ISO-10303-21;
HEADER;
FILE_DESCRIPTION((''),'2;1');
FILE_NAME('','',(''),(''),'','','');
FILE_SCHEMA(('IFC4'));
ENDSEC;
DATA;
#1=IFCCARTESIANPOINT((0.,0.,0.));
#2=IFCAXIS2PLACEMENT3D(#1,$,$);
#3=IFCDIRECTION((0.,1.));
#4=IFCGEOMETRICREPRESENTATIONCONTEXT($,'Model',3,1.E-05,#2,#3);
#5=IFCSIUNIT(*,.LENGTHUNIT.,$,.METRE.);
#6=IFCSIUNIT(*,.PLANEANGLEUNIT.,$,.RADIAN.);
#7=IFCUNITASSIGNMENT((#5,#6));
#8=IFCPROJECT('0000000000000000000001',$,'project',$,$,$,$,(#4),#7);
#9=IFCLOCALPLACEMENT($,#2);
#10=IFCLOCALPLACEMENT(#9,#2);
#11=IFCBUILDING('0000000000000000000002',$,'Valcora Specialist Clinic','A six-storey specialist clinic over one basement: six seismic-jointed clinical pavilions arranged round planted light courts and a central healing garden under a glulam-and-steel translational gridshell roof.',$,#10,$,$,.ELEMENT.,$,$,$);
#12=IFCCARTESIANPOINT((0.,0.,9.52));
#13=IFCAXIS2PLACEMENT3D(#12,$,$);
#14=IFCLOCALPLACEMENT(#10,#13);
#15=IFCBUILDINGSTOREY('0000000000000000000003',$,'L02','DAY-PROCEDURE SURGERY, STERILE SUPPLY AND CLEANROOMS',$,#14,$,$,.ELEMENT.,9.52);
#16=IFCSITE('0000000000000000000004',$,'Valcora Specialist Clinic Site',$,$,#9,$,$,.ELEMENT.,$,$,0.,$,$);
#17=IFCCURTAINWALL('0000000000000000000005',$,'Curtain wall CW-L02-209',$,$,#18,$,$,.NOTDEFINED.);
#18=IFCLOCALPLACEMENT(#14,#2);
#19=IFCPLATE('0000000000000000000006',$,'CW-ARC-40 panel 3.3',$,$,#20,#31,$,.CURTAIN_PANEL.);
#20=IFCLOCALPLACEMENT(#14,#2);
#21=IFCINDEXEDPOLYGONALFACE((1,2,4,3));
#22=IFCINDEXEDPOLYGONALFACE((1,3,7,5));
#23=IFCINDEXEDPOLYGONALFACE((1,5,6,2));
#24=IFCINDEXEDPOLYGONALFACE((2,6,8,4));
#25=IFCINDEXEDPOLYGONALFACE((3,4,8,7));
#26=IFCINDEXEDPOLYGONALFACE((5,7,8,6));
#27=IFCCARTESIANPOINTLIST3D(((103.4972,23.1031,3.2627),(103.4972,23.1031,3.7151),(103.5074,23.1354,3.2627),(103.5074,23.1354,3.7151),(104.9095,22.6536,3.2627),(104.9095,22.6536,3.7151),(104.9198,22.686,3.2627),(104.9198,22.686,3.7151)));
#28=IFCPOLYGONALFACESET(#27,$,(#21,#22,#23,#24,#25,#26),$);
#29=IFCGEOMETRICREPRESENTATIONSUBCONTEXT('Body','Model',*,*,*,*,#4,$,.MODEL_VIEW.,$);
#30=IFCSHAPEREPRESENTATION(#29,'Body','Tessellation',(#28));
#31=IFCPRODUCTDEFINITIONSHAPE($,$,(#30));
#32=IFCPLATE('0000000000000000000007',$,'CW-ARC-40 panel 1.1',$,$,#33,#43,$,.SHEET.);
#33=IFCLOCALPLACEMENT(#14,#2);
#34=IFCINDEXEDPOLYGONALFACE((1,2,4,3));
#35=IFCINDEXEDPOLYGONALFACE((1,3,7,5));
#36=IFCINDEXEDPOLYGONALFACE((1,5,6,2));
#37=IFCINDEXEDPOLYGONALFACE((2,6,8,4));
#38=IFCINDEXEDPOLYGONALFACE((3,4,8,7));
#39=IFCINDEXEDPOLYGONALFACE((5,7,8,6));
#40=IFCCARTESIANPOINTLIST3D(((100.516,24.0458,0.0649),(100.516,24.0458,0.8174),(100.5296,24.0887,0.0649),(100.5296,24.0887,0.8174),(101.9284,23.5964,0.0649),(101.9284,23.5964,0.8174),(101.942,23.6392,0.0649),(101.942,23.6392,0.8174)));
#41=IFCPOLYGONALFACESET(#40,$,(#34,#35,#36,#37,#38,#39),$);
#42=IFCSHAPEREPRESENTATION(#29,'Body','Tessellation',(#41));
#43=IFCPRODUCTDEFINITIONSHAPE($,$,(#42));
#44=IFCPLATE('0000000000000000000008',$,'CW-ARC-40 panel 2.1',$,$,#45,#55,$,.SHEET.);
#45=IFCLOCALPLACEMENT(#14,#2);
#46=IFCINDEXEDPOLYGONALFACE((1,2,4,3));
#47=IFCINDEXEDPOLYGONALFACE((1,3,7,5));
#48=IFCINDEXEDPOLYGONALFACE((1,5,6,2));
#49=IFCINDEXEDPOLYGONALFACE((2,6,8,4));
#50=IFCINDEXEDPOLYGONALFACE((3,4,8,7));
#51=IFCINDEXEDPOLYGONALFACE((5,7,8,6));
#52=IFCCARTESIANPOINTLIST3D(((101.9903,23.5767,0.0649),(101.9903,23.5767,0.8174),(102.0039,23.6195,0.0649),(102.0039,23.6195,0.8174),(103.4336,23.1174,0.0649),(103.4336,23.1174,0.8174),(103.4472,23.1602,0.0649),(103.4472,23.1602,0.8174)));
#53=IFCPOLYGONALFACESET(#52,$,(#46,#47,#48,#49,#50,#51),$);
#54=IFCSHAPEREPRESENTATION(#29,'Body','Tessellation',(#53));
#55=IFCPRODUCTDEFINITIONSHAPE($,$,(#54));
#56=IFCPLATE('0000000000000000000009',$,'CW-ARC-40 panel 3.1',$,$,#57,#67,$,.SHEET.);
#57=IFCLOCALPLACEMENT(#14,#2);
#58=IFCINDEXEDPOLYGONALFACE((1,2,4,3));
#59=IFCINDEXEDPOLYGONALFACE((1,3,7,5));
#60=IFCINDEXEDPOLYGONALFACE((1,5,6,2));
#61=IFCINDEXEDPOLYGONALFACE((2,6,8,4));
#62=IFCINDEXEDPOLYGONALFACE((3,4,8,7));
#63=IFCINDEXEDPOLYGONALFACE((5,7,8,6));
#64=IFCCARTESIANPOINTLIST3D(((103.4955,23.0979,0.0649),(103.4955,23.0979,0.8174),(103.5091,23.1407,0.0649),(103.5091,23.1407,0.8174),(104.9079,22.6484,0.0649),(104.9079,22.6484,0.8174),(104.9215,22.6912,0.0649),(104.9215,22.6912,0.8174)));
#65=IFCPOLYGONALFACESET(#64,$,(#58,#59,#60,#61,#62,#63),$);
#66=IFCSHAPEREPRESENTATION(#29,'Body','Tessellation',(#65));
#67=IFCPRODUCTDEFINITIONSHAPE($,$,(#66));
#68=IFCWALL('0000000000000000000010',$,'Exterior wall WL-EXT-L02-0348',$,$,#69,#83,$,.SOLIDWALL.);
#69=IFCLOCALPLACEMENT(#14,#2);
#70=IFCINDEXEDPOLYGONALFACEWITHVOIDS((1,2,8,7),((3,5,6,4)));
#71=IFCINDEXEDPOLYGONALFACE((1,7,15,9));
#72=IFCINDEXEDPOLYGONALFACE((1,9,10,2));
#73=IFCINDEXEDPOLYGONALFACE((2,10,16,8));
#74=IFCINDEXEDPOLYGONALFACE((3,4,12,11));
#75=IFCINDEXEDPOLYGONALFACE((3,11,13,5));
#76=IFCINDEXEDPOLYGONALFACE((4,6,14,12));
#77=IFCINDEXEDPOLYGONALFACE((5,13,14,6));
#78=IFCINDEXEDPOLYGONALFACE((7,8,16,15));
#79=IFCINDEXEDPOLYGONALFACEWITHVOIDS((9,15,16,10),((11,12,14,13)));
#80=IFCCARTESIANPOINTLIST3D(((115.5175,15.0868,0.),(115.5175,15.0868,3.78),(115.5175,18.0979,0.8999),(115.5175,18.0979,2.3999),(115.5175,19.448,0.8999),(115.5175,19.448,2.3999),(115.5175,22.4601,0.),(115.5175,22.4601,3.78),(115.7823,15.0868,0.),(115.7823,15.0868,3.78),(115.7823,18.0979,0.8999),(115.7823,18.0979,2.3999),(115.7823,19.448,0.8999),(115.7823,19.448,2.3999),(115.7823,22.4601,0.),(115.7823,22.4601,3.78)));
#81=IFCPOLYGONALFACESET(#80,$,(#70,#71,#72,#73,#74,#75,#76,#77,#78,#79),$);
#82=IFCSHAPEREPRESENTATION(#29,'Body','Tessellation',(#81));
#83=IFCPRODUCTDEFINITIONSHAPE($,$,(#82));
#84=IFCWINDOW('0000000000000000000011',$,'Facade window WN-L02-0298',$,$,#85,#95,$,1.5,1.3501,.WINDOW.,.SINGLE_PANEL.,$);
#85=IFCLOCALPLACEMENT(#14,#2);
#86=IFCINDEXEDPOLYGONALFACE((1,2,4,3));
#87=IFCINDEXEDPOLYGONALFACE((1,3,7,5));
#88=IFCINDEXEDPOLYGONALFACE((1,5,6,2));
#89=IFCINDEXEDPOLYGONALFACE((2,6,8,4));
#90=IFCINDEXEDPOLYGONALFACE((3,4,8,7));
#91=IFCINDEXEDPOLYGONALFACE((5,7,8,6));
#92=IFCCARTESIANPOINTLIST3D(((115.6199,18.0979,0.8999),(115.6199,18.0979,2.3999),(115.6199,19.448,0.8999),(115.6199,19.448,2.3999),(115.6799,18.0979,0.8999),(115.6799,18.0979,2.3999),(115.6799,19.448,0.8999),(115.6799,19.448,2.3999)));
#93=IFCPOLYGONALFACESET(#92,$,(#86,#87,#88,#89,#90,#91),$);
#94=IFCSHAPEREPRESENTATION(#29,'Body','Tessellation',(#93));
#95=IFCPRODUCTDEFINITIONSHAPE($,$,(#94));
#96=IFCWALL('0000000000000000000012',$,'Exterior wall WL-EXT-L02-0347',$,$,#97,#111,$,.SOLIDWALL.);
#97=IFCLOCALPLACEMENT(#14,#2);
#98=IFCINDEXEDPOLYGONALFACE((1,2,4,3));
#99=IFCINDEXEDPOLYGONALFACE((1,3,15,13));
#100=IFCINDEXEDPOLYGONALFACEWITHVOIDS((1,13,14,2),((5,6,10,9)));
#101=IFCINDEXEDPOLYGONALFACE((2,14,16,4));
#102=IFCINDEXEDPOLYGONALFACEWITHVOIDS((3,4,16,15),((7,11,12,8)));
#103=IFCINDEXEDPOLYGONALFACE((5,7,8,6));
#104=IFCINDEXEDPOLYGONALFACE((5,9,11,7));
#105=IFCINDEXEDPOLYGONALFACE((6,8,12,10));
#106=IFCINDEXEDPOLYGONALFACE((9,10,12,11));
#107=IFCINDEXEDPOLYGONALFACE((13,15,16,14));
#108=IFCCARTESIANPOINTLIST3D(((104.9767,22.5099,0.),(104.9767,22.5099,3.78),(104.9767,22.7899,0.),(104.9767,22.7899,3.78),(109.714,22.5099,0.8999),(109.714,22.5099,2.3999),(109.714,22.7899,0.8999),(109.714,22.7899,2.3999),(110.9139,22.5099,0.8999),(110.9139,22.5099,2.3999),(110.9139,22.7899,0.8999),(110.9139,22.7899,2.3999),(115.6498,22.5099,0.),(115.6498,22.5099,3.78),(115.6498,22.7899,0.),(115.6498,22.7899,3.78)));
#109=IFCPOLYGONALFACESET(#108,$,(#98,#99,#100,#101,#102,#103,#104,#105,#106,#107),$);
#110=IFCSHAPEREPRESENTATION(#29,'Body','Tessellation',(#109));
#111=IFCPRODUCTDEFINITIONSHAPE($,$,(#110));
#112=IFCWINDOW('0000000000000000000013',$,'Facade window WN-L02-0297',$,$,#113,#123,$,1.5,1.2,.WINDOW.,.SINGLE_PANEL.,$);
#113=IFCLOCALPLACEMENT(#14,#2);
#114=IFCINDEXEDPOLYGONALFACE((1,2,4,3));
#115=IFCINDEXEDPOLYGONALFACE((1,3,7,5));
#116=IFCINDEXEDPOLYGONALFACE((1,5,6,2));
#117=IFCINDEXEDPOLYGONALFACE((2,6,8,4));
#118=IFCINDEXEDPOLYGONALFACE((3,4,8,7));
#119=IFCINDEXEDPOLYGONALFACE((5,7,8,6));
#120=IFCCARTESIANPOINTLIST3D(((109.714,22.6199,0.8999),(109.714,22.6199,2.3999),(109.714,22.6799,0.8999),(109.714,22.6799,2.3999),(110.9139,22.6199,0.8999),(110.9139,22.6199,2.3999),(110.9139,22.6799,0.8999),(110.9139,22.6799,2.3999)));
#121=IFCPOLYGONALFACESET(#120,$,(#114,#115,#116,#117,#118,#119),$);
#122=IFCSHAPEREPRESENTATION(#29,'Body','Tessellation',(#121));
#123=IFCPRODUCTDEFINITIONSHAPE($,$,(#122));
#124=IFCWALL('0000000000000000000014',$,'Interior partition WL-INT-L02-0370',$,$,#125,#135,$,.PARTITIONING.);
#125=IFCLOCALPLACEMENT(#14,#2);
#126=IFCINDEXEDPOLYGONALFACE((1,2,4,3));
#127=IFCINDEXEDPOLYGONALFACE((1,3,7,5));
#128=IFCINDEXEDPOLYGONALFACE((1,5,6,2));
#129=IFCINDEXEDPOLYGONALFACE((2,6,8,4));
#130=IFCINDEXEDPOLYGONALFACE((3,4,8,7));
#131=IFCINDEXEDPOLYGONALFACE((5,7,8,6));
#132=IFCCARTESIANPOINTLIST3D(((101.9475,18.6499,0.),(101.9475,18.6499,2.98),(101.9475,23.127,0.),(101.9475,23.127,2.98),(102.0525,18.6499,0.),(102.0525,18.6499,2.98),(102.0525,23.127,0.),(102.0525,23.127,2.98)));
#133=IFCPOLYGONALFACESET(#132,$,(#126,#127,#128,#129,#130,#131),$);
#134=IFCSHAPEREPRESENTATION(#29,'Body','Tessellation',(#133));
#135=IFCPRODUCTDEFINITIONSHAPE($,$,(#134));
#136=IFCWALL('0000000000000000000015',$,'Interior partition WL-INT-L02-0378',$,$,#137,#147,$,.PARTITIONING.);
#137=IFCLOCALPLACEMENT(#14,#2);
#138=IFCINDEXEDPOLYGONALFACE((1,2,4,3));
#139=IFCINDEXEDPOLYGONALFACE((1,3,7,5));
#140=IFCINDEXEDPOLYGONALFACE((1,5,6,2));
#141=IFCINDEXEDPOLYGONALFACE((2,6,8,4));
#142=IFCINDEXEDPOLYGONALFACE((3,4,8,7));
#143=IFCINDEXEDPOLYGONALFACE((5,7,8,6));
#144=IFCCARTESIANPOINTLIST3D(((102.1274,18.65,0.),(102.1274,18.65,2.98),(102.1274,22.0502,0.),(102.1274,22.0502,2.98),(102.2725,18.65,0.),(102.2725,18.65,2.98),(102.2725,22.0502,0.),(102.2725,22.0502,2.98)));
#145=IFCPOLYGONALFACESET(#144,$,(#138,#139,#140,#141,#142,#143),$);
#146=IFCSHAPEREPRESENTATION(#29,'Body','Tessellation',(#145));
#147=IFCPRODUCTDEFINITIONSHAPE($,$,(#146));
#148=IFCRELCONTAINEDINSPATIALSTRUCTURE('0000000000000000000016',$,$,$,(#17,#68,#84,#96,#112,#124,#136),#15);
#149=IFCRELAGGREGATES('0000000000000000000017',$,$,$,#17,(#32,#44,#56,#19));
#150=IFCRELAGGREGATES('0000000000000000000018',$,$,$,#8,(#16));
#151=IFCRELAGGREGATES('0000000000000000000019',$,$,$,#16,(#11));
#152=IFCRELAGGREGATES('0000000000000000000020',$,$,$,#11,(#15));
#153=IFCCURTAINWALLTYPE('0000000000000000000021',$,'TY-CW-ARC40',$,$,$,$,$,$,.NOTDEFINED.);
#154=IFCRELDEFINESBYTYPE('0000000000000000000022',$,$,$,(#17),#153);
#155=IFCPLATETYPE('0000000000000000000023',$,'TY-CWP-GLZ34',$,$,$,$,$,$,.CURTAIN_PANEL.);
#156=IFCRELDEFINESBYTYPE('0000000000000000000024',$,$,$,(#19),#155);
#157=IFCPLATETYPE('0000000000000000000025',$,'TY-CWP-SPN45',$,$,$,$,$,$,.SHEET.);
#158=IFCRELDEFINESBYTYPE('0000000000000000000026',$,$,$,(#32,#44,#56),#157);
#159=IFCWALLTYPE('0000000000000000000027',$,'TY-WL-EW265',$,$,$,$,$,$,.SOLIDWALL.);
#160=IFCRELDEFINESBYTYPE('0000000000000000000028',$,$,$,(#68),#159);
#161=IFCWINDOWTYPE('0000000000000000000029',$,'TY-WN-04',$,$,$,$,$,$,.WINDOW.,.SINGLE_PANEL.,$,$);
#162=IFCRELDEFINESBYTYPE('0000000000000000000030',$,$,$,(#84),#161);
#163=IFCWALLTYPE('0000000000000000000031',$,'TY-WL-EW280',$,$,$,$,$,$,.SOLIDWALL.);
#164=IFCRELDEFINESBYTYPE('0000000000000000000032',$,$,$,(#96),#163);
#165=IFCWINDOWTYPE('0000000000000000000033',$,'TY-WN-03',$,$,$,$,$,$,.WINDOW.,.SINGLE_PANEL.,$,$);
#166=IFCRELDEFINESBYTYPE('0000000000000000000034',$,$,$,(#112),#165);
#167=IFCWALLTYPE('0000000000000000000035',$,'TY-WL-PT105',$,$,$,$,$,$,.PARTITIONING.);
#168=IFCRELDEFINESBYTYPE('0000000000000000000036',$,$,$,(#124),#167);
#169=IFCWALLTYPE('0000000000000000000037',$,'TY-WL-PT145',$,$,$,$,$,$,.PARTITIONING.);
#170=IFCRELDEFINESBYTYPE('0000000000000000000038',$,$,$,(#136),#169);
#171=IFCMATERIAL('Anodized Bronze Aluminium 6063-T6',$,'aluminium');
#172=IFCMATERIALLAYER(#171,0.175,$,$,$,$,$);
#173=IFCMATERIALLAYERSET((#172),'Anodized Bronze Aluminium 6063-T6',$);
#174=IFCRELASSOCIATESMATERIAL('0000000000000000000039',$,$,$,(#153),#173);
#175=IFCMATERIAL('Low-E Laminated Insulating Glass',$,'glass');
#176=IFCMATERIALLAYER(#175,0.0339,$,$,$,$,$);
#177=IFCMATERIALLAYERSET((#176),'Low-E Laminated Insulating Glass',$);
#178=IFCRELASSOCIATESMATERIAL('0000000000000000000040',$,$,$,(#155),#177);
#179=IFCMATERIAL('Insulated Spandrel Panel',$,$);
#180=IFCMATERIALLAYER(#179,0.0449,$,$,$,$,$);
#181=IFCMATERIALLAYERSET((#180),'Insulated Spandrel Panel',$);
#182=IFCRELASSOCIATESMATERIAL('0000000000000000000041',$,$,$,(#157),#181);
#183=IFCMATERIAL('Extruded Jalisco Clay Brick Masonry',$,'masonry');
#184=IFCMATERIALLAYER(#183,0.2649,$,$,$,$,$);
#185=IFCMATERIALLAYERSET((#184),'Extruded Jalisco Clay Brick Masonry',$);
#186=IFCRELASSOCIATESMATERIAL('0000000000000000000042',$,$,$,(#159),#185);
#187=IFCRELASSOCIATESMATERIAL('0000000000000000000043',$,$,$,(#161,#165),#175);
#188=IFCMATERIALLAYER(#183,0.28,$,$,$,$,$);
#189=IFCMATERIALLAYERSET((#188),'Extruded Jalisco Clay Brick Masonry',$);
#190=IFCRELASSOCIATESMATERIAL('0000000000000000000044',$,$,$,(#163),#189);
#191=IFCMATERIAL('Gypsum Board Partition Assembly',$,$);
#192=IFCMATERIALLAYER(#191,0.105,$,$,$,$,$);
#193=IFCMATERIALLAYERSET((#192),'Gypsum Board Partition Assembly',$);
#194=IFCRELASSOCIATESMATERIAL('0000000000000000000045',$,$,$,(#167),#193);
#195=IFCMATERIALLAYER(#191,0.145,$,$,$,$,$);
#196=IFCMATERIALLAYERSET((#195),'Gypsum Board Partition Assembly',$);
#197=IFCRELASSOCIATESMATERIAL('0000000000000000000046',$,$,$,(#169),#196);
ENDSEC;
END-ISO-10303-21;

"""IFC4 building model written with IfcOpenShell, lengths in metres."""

from ifc_helpers import new_model, si_unit, direction, frame, frame_2d, origin, origin_2d, place, context, subcontext, project, spatial, rectangle, extrude, material, layer, layer_set, type_object, element, fill, aggregate, save


model = new_model("IFC4")

# Units and contexts
model_context = context("Model", 3, precision=1e-05, world=origin(), true_north=direction((0.0, 1.0)))
body_context = subcontext(model_context, "Body", "Model", "MODEL_VIEW")
ifc_project = project(units=[si_unit("LENGTHUNIT", "METRE"), si_unit("PLANEANGLEUNIT", "RADIAN")], contexts=[model_context])

# Site, building, storey
site_placement = place(None, origin())
site = spatial("IfcSite", under=ifc_project, at=site_placement, Name="Valcora Specialist Clinic Site", CompositionType="ELEMENT", RefElevation=0.0)
building_placement = place(site_placement, origin())
building = spatial("IfcBuilding", under=site, at=building_placement, Name="Valcora Specialist Clinic", Description="A six-storey specialist clinic over one basement: six seismic-jointed clinical pavilions arranged round planted light courts and a central healing garden under a glulam-and-steel translational gridshell roof.", CompositionType="ELEMENT")
storey_placement = place(building_placement, frame((0.0, 0.0, 9.52)))
storey = spatial("IfcBuildingStorey", under=building, at=storey_placement, Name="L02", Description="DAY-PROCEDURE SURGERY, STERILE SUPPLY AND CLEANROOMS", CompositionType="ELEMENT", Elevation=9.52)

# Curtain wall, plates
ifc_material_1 = material(Name="Anodized Bronze Aluminium 6063-T6", Category="aluminium")
ifc_layer_1 = layer(ifc_material_1, 0.175)
ifc_layer_set_1 = layer_set([ifc_layer_1], Name="Anodized Bronze Aluminium 6063-T6")
curtain_wall_type = type_object("IfcCurtainWallType", Name="TY-CW-ARC40", PredefinedType="NOTDEFINED", material=ifc_layer_set_1)
curtain_wall_placement = place(storey_placement, origin())
curtain_wall = element("IfcCurtainWall", 1, at=curtain_wall_placement, inside=storey, type_object=curtain_wall_type, Name="Curtain wall CW-L02-209", PredefinedType="NOTDEFINED")
ifc_material_2 = material(Name="Low-E Laminated Insulating Glass", Category="glass")
ifc_layer_2 = layer(ifc_material_2, 0.0339)
ifc_layer_set_2 = layer_set([ifc_layer_2], Name="Low-E Laminated Insulating Glass")
plate_type_1 = type_object("IfcPlateType", Name="TY-CWP-GLZ34", PredefinedType="CURTAIN_PANEL", material=ifc_layer_set_2)
plate_1_placement = place(storey_placement, frame((104.2085, 22.8945, 3.2627), z_axis=(0.0, 0.0, 1.0), x_axis=(0.952916, -0.303233, 0.0)))
plate_1 = element("IfcPlate", 2, at=plate_1_placement, type_object=plate_type_1, Name="CW-ARC-40 panel 3.3", PredefinedType="CURTAIN_PANEL", context=body_context, shape_type="SweptSolid", body=[
    extrude(rectangle(XDim=1.4822, YDim=0.0339, at=origin_2d()), origin(), (0.0, 0.0, 1.0), 0.4524),
])
ifc_material_3 = material(Name="Insulated Spandrel Panel")
ifc_layer_3 = layer(ifc_material_3, 0.0449)
ifc_layer_set_3 = layer_set([ifc_layer_3], Name="Insulated Spandrel Panel")
plate_type_2 = type_object("IfcPlateType", Name="TY-CWP-SPN45", PredefinedType="SHEET", material=ifc_layer_set_3)
plate_2_placement = place(storey_placement, frame((101.229, 23.8425, 0.0649), z_axis=(0.0, 0.0, 1.0), x_axis=(0.952916, -0.303233, 0.0)))
plate_2 = element("IfcPlate", 3, at=plate_2_placement, type_object=plate_type_2, Name="CW-ARC-40 panel 1.1", PredefinedType="SHEET", context=body_context, shape_type="SweptSolid", body=[
    extrude(rectangle(XDim=1.4822, YDim=0.0449, at=origin_2d()), origin(), (0.0, 0.0, 1.0), 0.7524),
])
plate_3_placement = place(storey_placement, frame((102.7188, 23.3684, 0.0649), z_axis=(0.0, 0.0, 1.0), x_axis=(0.952916, -0.303233, 0.0)))
plate_3 = element("IfcPlate", 4, at=plate_3_placement, type_object=plate_type_2, Name="CW-ARC-40 panel 2.1", PredefinedType="SHEET", context=body_context, shape_type="SweptSolid", body=[
    extrude(rectangle(XDim=1.5146, YDim=0.0449, at=origin_2d()), origin(), (0.0, 0.0, 1.0), 0.7524),
])
plate_4_placement = place(storey_placement, frame((104.2085, 22.8945, 0.0649), z_axis=(0.0, 0.0, 1.0), x_axis=(0.952916, -0.303233, 0.0)))
plate_4 = element("IfcPlate", 5, at=plate_4_placement, type_object=plate_type_2, Name="CW-ARC-40 panel 3.1", PredefinedType="SHEET", context=body_context, shape_type="SweptSolid", body=[
    extrude(rectangle(XDim=1.4822, YDim=0.0449, at=origin_2d()), origin(), (0.0, 0.0, 1.0), 0.7524),
])
aggregate(curtain_wall, [plate_2, plate_3, plate_4, plate_1])

# Walls, openings, windows
ifc_material_4 = material(Name="Extruded Jalisco Clay Brick Masonry", Category="masonry")
ifc_layer_4 = layer(ifc_material_4, 0.2649)
ifc_layer_set_4 = layer_set([ifc_layer_4], Name="Extruded Jalisco Clay Brick Masonry")
wall_type_1 = type_object("IfcWallType", Name="TY-WL-EW265", PredefinedType="SOLIDWALL", material=ifc_layer_set_4)
wall_1_placement = place(storey_placement, frame((115.6499, 22.46, 0.0), z_axis=(0.0, 0.0, 1.0), x_axis=(0.0, -1.0, 0.0)))
wall_1 = element("IfcWall", 6, at=wall_1_placement, inside=storey, type_object=wall_type_1, Name="Exterior wall WL-EXT-L02-0348", PredefinedType="SOLIDWALL", context=body_context, shape_type="SweptSolid", body=[
    extrude(rectangle(XDim=7.3733, YDim=0.2649, at=frame_2d((3.6865, 0.0))), origin(), (0.0, 0.0, 1.0), 3.78),
])
opening_1_placement = place(wall_1_placement, frame((3.012, 0.0, 0.8999)))
opening_1 = element("IfcOpeningElement", 7, at=opening_1_placement, cuts=wall_1, PredefinedType="OPENING", context=body_context, shape_type="SweptSolid", body=[
    extrude(rectangle(XDim=1.3501, YDim=1.5, at=frame_2d((0.675, 0.75))), frame((0.0, 0.1423, 0.0), z_axis=(0.0, -1.0, 0.0), x_axis=(1.0, 0.0, 0.0)), (0.0, 0.0, 1.0), 0.2849),
])
window_type_1 = type_object("IfcWindowType", Name="TY-WN-04", PartitioningType="SINGLE_PANEL", PredefinedType="WINDOW", material=ifc_material_2)
window_1_placement = place(opening_1_placement, origin())
window_1 = element("IfcWindow", 8, at=window_1_placement, inside=storey, type_object=window_type_1, Name="Facade window WN-L02-0298", OverallHeight=1.5, OverallWidth=1.3501, PartitioningType="SINGLE_PANEL", PredefinedType="WINDOW", context=body_context, shape_type="SweptSolid", body=[
    extrude(rectangle(XDim=1.3501, YDim=1.5, at=frame_2d((0.675, 0.75))), frame((0.0, 0.03, 0.0), z_axis=(0.0, -1.0, 0.0), x_axis=(1.0, 0.0, 0.0)), (0.0, 0.0, 1.0), 0.0601),
])
fill(opening_1, window_1)
ifc_layer_5 = layer(ifc_material_4, 0.28)
ifc_layer_set_5 = layer_set([ifc_layer_5], Name="Extruded Jalisco Clay Brick Masonry")
wall_type_2 = type_object("IfcWallType", Name="TY-WL-EW280", PredefinedType="SOLIDWALL", material=ifc_layer_set_5)
wall_2_placement = place(storey_placement, frame((104.9768, 22.6499, 0.0), z_axis=(0.0, 0.0, 1.0), x_axis=(1.0, 0.0, 0.0)))
wall_2 = element("IfcWall", 9, at=wall_2_placement, inside=storey, type_object=wall_type_2, Name="Exterior wall WL-EXT-L02-0347", PredefinedType="SOLIDWALL", context=body_context, shape_type="SweptSolid", body=[
    extrude(rectangle(XDim=10.6731, YDim=0.28, at=frame_2d((5.3364, 0.0))), origin(), (0.0, 0.0, 1.0), 3.78),
])
opening_2_placement = place(wall_2_placement, frame((4.7371, 0.0, 0.8999)))
opening_2 = element("IfcOpeningElement", 10, at=opening_2_placement, cuts=wall_2, PredefinedType="OPENING", context=body_context, shape_type="SweptSolid", body=[
    extrude(rectangle(XDim=1.2, YDim=1.5, at=frame_2d((0.6001, 0.75))), frame((0.0, 0.1499, 0.0), z_axis=(0.0, -1.0, 0.0), x_axis=(1.0, 0.0, 0.0)), (0.0, 0.0, 1.0), 0.3),
])
window_type_2 = type_object("IfcWindowType", Name="TY-WN-03", PartitioningType="SINGLE_PANEL", PredefinedType="WINDOW", material=ifc_material_2)
window_2_placement = place(opening_2_placement, origin())
window_2 = element("IfcWindow", 11, at=window_2_placement, inside=storey, type_object=window_type_2, Name="Facade window WN-L02-0297", OverallHeight=1.5, OverallWidth=1.2, PartitioningType="SINGLE_PANEL", PredefinedType="WINDOW", context=body_context, shape_type="SweptSolid", body=[
    extrude(rectangle(XDim=1.2, YDim=1.5, at=frame_2d((0.6001, 0.75))), frame((0.0, 0.03, 0.0), z_axis=(0.0, -1.0, 0.0), x_axis=(1.0, 0.0, 0.0)), (0.0, 0.0, 1.0), 0.0601),
])
fill(opening_2, window_2)

# Walls
ifc_material_5 = material(Name="Gypsum Board Partition Assembly")
ifc_layer_6 = layer(ifc_material_5, 0.105)
ifc_layer_set_6 = layer_set([ifc_layer_6], Name="Gypsum Board Partition Assembly")
wall_type_3 = type_object("IfcWallType", Name="TY-WL-PT105", PredefinedType="PARTITIONING", material=ifc_layer_set_6)
wall_3_placement = place(storey_placement, frame((102.0, 23.127, 0.0), z_axis=(0.0, 0.0, 1.0), x_axis=(0.0, -1.0, 0.0)))
element("IfcWall", 12, at=wall_3_placement, inside=storey, type_object=wall_type_3, Name="Interior partition WL-INT-L02-0370", PredefinedType="PARTITIONING", context=body_context, shape_type="SweptSolid", body=[
    extrude(rectangle(XDim=4.4771, YDim=0.105, at=frame_2d((2.2385, 0.0))), origin(), (0.0, 0.0, 1.0), 2.98),
])
ifc_layer_7 = layer(ifc_material_5, 0.145)
ifc_layer_set_7 = layer_set([ifc_layer_7], Name="Gypsum Board Partition Assembly")
wall_type_4 = type_object("IfcWallType", Name="TY-WL-PT145", PredefinedType="PARTITIONING", material=ifc_layer_set_7)
wall_4_placement = place(storey_placement, frame((102.2, 18.6499, 0.0), z_axis=(0.0, 0.0, 1.0), x_axis=(0.0, 1.0, 0.0)))
element("IfcWall", 13, at=wall_4_placement, inside=storey, type_object=wall_type_4, Name="Interior partition WL-INT-L02-0378", PredefinedType="PARTITIONING", context=body_context, shape_type="SweptSolid", body=[
    extrude(rectangle(XDim=3.4001, YDim=0.145, at=frame_2d((1.7002, 0.0))), origin(), (0.0, 0.0, 1.0), 2.98),
])

save(model, "model.ifc")
